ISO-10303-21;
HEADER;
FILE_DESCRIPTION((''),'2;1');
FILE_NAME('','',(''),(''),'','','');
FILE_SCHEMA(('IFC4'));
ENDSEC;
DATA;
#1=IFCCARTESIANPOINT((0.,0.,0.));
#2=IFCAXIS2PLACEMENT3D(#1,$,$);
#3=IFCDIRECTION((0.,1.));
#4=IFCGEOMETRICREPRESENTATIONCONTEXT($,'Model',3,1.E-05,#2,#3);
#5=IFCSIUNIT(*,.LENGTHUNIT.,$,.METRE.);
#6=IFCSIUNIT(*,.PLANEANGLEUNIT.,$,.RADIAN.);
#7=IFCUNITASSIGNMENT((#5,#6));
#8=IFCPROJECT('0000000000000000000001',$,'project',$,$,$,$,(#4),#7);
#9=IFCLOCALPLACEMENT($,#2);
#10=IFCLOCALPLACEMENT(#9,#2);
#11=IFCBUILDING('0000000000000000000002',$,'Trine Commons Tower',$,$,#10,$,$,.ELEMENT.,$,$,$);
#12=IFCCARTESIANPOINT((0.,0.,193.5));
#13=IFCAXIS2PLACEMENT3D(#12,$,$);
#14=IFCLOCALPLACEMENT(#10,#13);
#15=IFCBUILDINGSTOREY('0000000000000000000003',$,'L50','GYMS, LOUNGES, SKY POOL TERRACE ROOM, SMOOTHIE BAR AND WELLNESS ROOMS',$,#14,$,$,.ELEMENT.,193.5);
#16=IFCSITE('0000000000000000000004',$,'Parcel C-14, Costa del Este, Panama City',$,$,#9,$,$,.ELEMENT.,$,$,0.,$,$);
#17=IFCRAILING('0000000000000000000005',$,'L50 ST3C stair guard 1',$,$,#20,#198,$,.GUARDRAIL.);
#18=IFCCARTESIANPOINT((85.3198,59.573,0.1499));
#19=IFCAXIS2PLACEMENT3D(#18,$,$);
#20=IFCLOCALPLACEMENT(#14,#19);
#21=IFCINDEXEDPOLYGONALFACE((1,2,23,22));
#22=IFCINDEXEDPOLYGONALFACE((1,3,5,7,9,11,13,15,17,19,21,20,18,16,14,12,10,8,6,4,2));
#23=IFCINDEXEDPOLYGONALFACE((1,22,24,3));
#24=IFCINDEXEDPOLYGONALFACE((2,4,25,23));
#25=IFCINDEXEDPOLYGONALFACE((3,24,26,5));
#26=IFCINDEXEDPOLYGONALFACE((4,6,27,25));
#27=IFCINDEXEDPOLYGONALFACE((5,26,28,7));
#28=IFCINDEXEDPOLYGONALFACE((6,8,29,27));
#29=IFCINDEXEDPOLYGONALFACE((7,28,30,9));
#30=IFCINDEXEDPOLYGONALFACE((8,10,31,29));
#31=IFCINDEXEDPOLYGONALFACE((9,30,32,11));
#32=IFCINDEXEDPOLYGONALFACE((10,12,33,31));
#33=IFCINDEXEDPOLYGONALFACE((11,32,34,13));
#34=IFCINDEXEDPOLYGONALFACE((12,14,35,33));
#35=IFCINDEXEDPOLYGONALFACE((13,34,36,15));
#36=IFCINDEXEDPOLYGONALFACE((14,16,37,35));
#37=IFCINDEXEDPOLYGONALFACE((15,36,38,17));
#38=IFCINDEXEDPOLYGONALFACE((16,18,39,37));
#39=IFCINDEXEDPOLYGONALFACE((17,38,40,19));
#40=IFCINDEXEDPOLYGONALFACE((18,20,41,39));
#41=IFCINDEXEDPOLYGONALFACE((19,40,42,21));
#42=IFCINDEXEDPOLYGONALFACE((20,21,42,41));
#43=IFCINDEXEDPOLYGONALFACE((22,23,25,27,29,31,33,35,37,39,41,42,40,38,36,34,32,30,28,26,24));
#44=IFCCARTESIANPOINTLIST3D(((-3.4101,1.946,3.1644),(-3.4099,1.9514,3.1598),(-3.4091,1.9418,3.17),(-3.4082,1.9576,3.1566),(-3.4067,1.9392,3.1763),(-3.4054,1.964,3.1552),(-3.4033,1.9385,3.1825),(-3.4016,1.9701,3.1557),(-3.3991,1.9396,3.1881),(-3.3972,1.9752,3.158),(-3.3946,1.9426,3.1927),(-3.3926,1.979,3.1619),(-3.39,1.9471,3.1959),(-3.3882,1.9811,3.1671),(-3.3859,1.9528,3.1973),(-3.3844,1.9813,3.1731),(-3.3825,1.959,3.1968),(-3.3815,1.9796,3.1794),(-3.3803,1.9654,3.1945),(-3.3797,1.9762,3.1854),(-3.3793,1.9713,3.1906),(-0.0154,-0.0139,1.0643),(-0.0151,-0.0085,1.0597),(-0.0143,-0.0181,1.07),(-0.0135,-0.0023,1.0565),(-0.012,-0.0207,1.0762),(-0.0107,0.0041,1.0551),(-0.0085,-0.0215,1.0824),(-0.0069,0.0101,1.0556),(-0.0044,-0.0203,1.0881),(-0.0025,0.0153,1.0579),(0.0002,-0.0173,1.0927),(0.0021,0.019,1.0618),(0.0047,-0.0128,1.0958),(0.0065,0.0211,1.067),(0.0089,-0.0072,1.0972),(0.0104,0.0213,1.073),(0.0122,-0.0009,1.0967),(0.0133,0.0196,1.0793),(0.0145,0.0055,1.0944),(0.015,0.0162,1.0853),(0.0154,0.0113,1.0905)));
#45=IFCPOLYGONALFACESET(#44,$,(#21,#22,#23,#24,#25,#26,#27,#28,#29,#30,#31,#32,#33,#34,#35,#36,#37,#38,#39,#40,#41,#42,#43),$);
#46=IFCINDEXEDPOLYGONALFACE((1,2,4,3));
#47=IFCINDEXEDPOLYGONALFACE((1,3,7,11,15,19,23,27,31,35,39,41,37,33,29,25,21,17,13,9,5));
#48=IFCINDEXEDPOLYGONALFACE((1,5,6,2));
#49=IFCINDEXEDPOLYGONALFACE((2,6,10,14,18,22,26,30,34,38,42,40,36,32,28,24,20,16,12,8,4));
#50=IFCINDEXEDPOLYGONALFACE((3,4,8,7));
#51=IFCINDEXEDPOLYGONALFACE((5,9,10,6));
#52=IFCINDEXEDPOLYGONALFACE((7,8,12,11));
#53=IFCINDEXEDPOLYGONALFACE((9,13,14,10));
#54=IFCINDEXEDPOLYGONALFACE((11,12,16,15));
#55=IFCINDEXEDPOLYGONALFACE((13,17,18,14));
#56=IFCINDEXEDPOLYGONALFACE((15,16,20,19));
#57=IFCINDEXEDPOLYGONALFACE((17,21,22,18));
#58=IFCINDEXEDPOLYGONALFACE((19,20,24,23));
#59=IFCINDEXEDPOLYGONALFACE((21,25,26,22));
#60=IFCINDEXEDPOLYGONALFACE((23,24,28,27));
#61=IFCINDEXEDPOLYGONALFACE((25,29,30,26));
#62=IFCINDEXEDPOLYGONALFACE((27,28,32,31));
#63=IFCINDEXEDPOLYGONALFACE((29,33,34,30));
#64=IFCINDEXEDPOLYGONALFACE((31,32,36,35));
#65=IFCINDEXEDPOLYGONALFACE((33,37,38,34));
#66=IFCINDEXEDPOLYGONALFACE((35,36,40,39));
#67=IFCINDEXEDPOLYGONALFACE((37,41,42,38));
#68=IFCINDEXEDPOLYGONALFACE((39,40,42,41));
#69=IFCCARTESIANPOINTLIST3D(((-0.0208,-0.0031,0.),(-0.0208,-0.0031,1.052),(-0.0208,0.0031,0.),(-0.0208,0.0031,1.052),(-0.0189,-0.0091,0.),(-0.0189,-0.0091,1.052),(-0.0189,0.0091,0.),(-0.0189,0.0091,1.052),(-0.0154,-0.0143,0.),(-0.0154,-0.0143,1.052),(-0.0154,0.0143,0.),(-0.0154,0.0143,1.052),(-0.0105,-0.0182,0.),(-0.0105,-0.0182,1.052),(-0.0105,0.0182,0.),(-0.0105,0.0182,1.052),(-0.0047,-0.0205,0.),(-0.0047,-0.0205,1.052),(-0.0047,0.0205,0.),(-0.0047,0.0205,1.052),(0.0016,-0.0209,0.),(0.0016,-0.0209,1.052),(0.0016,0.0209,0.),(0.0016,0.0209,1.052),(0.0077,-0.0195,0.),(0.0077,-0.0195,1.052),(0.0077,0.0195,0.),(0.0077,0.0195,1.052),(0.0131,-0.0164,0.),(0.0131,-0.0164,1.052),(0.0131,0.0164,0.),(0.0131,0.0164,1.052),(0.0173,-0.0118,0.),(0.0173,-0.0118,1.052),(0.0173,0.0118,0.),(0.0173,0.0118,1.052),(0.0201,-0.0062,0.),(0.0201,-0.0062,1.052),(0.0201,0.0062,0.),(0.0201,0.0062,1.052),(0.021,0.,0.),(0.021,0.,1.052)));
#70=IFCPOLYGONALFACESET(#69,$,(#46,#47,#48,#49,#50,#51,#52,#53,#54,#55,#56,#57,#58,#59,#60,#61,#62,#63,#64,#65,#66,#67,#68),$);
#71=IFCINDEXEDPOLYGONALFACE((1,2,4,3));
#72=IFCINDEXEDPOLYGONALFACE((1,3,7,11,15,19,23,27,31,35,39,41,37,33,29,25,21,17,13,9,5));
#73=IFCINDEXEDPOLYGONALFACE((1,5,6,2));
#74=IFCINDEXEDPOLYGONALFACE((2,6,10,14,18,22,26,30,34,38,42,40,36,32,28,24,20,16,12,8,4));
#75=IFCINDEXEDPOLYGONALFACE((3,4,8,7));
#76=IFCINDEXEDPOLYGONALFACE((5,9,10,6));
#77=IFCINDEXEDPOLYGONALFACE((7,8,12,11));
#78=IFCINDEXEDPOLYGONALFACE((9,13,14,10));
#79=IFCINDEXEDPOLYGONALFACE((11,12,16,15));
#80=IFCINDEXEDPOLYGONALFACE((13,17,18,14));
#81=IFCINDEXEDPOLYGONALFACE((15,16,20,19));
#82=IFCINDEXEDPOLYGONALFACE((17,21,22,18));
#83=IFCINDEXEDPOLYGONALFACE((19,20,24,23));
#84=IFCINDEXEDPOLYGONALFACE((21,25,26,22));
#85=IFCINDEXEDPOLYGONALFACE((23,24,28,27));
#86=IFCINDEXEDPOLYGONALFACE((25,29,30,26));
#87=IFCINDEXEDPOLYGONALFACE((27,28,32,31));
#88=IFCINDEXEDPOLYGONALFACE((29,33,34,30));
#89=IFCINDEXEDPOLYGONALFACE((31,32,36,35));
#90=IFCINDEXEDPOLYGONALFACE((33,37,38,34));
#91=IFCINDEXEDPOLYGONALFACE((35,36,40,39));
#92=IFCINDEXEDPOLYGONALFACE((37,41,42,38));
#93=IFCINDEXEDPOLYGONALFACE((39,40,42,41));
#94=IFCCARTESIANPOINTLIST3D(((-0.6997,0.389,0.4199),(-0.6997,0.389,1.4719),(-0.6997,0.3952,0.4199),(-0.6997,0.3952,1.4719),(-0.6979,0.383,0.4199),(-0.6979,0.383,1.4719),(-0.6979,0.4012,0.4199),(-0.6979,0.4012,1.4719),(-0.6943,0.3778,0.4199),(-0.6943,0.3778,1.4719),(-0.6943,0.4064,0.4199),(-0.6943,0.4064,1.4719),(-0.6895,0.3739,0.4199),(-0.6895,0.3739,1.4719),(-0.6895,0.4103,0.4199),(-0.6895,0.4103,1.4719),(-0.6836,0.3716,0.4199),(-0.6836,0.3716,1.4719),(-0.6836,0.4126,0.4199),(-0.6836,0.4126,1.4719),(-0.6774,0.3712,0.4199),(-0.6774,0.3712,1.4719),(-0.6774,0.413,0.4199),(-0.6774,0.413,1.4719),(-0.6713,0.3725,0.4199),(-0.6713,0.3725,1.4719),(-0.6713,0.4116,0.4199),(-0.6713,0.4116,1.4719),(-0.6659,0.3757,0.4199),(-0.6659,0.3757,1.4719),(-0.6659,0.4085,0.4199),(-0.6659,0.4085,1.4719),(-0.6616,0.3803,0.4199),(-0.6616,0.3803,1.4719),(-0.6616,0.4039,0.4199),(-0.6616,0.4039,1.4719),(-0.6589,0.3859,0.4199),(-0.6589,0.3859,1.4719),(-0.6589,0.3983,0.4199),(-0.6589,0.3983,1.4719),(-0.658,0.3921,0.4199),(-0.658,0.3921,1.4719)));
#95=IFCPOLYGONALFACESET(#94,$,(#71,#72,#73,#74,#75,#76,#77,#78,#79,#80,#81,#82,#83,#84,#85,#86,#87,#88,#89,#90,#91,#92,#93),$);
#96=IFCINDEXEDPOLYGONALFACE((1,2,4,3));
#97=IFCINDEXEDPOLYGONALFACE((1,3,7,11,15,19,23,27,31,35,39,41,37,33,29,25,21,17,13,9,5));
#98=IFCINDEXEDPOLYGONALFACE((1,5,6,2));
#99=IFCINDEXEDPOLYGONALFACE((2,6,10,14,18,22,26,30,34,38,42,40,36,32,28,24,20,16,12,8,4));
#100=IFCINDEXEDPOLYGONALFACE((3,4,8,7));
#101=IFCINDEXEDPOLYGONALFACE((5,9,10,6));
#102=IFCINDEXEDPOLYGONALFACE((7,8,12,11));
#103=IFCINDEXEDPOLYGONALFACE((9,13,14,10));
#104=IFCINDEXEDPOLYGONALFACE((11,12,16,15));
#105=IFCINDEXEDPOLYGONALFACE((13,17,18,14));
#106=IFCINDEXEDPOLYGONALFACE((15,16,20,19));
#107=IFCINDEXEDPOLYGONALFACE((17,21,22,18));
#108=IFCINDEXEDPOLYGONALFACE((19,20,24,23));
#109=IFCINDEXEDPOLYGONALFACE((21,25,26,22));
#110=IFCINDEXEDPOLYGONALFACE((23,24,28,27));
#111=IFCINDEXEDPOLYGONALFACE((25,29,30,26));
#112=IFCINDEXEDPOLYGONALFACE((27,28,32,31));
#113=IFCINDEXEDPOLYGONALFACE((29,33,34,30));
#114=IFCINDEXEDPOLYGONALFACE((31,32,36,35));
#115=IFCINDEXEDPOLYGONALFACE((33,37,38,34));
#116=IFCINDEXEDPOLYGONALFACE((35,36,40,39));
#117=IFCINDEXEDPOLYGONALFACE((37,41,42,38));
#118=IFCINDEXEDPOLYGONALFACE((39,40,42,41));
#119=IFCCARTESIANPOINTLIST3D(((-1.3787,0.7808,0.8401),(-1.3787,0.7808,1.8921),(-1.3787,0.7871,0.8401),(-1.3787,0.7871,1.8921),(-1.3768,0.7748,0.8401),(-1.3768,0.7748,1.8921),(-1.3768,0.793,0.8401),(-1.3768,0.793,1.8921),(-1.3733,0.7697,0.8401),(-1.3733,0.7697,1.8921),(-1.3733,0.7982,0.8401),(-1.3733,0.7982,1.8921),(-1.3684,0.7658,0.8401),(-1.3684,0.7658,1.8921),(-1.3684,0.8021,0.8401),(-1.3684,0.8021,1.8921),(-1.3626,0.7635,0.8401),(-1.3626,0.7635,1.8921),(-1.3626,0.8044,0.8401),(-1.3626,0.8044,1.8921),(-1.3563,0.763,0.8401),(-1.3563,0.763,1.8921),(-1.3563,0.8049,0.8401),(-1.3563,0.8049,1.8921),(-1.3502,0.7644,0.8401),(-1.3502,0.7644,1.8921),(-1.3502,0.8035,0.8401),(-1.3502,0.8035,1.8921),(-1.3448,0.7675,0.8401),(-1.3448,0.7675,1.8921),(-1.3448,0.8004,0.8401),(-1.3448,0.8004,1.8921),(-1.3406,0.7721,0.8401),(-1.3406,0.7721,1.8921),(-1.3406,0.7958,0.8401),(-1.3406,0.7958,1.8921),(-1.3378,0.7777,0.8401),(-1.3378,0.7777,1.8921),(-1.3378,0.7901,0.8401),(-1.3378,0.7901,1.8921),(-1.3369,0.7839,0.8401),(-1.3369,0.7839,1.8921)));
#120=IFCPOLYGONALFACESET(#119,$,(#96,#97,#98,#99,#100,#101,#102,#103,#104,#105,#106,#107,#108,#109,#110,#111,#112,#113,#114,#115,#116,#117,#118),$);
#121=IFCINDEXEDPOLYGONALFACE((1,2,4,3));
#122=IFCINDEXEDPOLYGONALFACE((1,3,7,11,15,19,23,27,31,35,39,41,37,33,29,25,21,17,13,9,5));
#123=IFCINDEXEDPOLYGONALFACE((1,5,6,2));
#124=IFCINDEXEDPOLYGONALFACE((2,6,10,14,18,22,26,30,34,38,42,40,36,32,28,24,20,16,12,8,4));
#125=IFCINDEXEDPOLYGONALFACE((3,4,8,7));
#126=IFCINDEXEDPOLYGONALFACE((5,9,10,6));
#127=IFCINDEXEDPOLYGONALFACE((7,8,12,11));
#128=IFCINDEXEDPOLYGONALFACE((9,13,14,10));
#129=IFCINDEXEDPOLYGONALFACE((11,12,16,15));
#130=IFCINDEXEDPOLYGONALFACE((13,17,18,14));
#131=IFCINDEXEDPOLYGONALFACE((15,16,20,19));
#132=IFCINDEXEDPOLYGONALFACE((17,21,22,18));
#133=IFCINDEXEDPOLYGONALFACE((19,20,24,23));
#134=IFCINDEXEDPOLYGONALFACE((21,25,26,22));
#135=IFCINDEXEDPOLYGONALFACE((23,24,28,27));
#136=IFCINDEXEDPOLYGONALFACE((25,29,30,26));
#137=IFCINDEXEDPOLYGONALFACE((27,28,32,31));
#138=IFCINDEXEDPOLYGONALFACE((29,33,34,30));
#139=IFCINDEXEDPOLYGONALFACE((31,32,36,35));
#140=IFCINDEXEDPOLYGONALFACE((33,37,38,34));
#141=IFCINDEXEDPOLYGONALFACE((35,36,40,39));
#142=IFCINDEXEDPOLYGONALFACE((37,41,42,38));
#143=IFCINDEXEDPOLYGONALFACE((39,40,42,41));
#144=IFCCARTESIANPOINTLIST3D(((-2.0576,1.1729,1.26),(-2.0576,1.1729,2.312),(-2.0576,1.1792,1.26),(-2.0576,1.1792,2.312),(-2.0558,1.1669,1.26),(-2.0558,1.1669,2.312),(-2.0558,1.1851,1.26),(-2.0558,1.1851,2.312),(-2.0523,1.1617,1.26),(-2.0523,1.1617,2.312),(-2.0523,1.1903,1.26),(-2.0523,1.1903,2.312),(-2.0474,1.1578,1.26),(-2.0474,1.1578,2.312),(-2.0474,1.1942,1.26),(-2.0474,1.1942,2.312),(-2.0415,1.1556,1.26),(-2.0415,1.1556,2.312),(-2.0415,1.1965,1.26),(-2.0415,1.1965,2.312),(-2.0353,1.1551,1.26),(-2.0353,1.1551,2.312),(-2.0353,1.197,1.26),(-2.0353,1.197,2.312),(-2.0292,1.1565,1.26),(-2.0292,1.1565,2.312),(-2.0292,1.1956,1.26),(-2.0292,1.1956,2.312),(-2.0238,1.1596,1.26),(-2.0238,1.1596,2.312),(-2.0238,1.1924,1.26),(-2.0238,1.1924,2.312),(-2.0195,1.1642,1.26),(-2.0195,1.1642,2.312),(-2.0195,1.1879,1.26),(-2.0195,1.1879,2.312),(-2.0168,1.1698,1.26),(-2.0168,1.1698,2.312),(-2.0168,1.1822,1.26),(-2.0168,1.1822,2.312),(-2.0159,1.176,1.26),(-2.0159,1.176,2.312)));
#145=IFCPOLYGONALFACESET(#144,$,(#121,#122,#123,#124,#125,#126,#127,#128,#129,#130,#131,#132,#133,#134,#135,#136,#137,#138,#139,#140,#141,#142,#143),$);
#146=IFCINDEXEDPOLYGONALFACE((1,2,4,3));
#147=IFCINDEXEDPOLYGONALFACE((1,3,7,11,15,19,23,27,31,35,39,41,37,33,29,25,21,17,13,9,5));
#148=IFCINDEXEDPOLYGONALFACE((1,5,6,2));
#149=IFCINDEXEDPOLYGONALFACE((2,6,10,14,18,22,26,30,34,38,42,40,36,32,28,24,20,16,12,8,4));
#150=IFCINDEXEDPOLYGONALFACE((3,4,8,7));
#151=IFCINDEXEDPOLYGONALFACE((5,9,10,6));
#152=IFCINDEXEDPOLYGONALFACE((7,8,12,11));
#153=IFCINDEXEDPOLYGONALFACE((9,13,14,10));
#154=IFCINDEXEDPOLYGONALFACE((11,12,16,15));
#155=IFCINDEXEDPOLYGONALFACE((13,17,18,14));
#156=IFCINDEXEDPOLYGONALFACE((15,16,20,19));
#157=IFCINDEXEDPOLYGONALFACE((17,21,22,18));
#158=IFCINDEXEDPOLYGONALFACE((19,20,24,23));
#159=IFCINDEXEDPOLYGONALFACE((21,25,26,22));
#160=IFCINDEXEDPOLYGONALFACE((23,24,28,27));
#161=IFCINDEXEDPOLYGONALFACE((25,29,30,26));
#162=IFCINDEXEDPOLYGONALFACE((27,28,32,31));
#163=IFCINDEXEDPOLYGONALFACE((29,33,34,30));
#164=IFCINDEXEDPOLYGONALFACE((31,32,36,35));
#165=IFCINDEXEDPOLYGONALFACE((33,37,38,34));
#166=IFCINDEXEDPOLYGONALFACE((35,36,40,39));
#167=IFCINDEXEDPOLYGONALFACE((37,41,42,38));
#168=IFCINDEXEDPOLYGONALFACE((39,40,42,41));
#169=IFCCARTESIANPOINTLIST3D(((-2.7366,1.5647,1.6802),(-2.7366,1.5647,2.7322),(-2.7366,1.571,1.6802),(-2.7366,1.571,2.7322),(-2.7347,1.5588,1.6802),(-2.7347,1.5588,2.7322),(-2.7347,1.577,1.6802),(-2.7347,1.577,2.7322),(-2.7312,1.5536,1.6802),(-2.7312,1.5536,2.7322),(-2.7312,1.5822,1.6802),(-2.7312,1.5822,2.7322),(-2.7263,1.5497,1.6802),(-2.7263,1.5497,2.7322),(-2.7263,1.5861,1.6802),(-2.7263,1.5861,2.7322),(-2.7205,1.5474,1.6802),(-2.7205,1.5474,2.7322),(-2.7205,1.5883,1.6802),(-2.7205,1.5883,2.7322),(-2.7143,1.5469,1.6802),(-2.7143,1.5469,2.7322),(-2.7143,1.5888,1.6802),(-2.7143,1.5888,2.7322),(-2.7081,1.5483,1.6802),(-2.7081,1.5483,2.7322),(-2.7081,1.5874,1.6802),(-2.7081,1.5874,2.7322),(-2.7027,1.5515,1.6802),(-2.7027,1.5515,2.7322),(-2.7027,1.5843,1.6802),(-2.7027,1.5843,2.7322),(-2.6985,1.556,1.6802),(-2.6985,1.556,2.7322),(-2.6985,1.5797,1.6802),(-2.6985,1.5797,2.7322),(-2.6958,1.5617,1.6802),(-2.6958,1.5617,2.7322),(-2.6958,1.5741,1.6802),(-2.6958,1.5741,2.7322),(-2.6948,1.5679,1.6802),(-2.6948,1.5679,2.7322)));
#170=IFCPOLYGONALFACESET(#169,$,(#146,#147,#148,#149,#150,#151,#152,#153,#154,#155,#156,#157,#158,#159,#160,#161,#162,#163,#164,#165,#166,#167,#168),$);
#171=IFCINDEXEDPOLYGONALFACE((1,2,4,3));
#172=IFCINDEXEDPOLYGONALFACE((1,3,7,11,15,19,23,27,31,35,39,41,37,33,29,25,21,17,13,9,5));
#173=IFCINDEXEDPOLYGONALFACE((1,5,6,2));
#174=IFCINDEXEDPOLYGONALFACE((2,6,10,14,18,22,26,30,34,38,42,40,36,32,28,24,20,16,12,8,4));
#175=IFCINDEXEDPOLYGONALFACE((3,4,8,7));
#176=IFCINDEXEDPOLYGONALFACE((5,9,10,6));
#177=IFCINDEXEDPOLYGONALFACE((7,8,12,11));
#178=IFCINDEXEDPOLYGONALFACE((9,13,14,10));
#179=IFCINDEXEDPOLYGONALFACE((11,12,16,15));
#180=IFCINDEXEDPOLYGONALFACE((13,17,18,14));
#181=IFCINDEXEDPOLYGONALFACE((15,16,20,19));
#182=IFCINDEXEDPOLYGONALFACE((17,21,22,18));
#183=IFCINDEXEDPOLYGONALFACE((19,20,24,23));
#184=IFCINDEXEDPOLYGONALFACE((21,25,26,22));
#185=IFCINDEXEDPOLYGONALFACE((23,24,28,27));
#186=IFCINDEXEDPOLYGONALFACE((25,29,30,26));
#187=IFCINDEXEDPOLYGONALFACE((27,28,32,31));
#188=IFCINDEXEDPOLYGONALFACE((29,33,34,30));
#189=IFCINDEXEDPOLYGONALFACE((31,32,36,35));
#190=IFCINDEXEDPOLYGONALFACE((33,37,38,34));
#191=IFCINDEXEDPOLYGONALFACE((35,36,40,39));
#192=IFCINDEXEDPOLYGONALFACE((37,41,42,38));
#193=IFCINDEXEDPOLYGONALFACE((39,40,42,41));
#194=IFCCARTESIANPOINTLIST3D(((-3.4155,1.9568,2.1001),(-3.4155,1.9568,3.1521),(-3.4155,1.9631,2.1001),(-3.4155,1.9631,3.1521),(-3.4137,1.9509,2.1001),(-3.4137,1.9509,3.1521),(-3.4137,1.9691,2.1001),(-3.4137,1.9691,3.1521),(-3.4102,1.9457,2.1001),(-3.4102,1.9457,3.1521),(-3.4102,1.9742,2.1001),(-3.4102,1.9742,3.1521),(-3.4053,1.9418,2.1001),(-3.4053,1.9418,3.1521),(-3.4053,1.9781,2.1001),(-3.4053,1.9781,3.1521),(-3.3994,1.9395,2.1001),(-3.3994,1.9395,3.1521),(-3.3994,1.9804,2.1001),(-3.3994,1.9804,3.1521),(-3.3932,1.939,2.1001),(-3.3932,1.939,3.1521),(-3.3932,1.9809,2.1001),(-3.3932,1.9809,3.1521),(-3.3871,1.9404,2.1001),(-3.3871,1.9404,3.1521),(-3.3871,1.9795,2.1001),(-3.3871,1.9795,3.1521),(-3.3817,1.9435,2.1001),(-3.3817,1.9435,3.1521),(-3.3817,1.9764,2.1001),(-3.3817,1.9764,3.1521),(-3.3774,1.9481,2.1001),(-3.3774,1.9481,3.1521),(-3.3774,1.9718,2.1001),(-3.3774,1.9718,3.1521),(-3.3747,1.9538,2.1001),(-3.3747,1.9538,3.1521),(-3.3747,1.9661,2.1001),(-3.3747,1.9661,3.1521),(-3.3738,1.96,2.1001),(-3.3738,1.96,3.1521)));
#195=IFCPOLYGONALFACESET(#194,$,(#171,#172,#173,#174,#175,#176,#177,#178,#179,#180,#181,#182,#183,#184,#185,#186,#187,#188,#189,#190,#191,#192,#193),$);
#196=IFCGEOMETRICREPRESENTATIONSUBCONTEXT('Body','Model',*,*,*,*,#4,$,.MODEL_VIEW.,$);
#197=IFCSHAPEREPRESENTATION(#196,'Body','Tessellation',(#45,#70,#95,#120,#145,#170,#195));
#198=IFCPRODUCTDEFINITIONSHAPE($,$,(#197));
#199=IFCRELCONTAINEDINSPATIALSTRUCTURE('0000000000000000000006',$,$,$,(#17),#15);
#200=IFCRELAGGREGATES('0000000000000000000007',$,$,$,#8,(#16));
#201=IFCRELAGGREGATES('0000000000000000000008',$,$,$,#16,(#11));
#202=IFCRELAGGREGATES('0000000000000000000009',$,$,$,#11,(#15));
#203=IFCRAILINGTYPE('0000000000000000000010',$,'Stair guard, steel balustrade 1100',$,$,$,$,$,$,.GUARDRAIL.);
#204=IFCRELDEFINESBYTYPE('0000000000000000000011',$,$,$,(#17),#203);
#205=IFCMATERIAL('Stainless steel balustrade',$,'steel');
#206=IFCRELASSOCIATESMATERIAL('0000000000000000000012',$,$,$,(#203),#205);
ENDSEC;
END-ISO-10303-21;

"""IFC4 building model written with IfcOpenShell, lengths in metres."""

from ifc_helpers import new_model, si_unit, direction, frame, origin, origin_2d, place, context, subcontext, project, spatial, circle, extrude, material, type_object, element, save


model = new_model("IFC4")

# Units and contexts
model_context = context("Model", 3, precision=1e-05, world=origin(), true_north=direction((0.0, 1.0)))
body_context = subcontext(model_context, "Body", "Model", "MODEL_VIEW")
ifc_project = project(units=[si_unit("LENGTHUNIT", "METRE"), si_unit("PLANEANGLEUNIT", "RADIAN")], contexts=[model_context])

# Site, building, storey
site_placement = place(None, origin())
site = spatial("IfcSite", under=ifc_project, at=site_placement, Name="Parcel C-14, Costa del Este, Panama City", CompositionType="ELEMENT", RefElevation=0.0)
building_placement = place(site_placement, origin())
building = spatial("IfcBuilding", under=site, at=building_placement, Name="Trine Commons Tower", CompositionType="ELEMENT")
storey_placement = place(building_placement, frame((0.0, 0.0, 193.5)))
storey = spatial("IfcBuildingStorey", under=building, at=storey_placement, Name="L50", Description="GYMS, LOUNGES, SKY POOL TERRACE ROOM, SMOOTHIE BAR AND WELLNESS ROOMS", CompositionType="ELEMENT", Elevation=193.5)

# Railing
ifc_material_1 = material(Name="Stainless steel balustrade", Category="steel")
railing_type_1 = type_object("IfcRailingType", Name="Stair guard, steel balustrade 1100", PredefinedType="GUARDRAIL", material=ifc_material_1)
railing_1_placement = place(storey_placement, frame((85.3198, 59.573, 0.1499)))
element("IfcRailing", 1, at=railing_1_placement, inside=storey, type_object=railing_type_1, Name="L50 ST3C stair guard 1", PredefinedType="GUARDRAIL", context=body_context, shape_type="SweptSolid", body=[
    extrude(circle(Radius=0.0239, at=origin_2d()), frame((0.0, 0.0, 1.0762), z_axis=(-0.763375, 0.440732, 0.472244), x_axis=(-0.499997, -0.866027, 0.0)), (0.0, 0.0, 1.0), 4.447),
    extrude(circle(Radius=0.021, at=origin_2d()), origin(), (0.0, 0.0, 1.0), 1.052),
    extrude(circle(Radius=0.021, at=origin_2d()), frame((-0.679, 0.3921, 0.4199)), (0.0, 0.0, 1.0), 1.052),
    extrude(circle(Radius=0.021, at=origin_2d()), frame((-1.3579, 0.7839, 0.8401)), (0.0, 0.0, 1.0), 1.052),
    extrude(circle(Radius=0.021, at=origin_2d()), frame((-2.0369, 1.176, 1.26)), (0.0, 0.0, 1.0), 1.052),
    extrude(circle(Radius=0.021, at=origin_2d()), frame((-2.7158, 1.5679, 1.6802)), (0.0, 0.0, 1.0), 1.052),
    extrude(circle(Radius=0.021, at=origin_2d()), frame((-3.3948, 1.96, 2.1001)), (0.0, 0.0, 1.0), 1.052),
])

save(model, "model.ifc")
